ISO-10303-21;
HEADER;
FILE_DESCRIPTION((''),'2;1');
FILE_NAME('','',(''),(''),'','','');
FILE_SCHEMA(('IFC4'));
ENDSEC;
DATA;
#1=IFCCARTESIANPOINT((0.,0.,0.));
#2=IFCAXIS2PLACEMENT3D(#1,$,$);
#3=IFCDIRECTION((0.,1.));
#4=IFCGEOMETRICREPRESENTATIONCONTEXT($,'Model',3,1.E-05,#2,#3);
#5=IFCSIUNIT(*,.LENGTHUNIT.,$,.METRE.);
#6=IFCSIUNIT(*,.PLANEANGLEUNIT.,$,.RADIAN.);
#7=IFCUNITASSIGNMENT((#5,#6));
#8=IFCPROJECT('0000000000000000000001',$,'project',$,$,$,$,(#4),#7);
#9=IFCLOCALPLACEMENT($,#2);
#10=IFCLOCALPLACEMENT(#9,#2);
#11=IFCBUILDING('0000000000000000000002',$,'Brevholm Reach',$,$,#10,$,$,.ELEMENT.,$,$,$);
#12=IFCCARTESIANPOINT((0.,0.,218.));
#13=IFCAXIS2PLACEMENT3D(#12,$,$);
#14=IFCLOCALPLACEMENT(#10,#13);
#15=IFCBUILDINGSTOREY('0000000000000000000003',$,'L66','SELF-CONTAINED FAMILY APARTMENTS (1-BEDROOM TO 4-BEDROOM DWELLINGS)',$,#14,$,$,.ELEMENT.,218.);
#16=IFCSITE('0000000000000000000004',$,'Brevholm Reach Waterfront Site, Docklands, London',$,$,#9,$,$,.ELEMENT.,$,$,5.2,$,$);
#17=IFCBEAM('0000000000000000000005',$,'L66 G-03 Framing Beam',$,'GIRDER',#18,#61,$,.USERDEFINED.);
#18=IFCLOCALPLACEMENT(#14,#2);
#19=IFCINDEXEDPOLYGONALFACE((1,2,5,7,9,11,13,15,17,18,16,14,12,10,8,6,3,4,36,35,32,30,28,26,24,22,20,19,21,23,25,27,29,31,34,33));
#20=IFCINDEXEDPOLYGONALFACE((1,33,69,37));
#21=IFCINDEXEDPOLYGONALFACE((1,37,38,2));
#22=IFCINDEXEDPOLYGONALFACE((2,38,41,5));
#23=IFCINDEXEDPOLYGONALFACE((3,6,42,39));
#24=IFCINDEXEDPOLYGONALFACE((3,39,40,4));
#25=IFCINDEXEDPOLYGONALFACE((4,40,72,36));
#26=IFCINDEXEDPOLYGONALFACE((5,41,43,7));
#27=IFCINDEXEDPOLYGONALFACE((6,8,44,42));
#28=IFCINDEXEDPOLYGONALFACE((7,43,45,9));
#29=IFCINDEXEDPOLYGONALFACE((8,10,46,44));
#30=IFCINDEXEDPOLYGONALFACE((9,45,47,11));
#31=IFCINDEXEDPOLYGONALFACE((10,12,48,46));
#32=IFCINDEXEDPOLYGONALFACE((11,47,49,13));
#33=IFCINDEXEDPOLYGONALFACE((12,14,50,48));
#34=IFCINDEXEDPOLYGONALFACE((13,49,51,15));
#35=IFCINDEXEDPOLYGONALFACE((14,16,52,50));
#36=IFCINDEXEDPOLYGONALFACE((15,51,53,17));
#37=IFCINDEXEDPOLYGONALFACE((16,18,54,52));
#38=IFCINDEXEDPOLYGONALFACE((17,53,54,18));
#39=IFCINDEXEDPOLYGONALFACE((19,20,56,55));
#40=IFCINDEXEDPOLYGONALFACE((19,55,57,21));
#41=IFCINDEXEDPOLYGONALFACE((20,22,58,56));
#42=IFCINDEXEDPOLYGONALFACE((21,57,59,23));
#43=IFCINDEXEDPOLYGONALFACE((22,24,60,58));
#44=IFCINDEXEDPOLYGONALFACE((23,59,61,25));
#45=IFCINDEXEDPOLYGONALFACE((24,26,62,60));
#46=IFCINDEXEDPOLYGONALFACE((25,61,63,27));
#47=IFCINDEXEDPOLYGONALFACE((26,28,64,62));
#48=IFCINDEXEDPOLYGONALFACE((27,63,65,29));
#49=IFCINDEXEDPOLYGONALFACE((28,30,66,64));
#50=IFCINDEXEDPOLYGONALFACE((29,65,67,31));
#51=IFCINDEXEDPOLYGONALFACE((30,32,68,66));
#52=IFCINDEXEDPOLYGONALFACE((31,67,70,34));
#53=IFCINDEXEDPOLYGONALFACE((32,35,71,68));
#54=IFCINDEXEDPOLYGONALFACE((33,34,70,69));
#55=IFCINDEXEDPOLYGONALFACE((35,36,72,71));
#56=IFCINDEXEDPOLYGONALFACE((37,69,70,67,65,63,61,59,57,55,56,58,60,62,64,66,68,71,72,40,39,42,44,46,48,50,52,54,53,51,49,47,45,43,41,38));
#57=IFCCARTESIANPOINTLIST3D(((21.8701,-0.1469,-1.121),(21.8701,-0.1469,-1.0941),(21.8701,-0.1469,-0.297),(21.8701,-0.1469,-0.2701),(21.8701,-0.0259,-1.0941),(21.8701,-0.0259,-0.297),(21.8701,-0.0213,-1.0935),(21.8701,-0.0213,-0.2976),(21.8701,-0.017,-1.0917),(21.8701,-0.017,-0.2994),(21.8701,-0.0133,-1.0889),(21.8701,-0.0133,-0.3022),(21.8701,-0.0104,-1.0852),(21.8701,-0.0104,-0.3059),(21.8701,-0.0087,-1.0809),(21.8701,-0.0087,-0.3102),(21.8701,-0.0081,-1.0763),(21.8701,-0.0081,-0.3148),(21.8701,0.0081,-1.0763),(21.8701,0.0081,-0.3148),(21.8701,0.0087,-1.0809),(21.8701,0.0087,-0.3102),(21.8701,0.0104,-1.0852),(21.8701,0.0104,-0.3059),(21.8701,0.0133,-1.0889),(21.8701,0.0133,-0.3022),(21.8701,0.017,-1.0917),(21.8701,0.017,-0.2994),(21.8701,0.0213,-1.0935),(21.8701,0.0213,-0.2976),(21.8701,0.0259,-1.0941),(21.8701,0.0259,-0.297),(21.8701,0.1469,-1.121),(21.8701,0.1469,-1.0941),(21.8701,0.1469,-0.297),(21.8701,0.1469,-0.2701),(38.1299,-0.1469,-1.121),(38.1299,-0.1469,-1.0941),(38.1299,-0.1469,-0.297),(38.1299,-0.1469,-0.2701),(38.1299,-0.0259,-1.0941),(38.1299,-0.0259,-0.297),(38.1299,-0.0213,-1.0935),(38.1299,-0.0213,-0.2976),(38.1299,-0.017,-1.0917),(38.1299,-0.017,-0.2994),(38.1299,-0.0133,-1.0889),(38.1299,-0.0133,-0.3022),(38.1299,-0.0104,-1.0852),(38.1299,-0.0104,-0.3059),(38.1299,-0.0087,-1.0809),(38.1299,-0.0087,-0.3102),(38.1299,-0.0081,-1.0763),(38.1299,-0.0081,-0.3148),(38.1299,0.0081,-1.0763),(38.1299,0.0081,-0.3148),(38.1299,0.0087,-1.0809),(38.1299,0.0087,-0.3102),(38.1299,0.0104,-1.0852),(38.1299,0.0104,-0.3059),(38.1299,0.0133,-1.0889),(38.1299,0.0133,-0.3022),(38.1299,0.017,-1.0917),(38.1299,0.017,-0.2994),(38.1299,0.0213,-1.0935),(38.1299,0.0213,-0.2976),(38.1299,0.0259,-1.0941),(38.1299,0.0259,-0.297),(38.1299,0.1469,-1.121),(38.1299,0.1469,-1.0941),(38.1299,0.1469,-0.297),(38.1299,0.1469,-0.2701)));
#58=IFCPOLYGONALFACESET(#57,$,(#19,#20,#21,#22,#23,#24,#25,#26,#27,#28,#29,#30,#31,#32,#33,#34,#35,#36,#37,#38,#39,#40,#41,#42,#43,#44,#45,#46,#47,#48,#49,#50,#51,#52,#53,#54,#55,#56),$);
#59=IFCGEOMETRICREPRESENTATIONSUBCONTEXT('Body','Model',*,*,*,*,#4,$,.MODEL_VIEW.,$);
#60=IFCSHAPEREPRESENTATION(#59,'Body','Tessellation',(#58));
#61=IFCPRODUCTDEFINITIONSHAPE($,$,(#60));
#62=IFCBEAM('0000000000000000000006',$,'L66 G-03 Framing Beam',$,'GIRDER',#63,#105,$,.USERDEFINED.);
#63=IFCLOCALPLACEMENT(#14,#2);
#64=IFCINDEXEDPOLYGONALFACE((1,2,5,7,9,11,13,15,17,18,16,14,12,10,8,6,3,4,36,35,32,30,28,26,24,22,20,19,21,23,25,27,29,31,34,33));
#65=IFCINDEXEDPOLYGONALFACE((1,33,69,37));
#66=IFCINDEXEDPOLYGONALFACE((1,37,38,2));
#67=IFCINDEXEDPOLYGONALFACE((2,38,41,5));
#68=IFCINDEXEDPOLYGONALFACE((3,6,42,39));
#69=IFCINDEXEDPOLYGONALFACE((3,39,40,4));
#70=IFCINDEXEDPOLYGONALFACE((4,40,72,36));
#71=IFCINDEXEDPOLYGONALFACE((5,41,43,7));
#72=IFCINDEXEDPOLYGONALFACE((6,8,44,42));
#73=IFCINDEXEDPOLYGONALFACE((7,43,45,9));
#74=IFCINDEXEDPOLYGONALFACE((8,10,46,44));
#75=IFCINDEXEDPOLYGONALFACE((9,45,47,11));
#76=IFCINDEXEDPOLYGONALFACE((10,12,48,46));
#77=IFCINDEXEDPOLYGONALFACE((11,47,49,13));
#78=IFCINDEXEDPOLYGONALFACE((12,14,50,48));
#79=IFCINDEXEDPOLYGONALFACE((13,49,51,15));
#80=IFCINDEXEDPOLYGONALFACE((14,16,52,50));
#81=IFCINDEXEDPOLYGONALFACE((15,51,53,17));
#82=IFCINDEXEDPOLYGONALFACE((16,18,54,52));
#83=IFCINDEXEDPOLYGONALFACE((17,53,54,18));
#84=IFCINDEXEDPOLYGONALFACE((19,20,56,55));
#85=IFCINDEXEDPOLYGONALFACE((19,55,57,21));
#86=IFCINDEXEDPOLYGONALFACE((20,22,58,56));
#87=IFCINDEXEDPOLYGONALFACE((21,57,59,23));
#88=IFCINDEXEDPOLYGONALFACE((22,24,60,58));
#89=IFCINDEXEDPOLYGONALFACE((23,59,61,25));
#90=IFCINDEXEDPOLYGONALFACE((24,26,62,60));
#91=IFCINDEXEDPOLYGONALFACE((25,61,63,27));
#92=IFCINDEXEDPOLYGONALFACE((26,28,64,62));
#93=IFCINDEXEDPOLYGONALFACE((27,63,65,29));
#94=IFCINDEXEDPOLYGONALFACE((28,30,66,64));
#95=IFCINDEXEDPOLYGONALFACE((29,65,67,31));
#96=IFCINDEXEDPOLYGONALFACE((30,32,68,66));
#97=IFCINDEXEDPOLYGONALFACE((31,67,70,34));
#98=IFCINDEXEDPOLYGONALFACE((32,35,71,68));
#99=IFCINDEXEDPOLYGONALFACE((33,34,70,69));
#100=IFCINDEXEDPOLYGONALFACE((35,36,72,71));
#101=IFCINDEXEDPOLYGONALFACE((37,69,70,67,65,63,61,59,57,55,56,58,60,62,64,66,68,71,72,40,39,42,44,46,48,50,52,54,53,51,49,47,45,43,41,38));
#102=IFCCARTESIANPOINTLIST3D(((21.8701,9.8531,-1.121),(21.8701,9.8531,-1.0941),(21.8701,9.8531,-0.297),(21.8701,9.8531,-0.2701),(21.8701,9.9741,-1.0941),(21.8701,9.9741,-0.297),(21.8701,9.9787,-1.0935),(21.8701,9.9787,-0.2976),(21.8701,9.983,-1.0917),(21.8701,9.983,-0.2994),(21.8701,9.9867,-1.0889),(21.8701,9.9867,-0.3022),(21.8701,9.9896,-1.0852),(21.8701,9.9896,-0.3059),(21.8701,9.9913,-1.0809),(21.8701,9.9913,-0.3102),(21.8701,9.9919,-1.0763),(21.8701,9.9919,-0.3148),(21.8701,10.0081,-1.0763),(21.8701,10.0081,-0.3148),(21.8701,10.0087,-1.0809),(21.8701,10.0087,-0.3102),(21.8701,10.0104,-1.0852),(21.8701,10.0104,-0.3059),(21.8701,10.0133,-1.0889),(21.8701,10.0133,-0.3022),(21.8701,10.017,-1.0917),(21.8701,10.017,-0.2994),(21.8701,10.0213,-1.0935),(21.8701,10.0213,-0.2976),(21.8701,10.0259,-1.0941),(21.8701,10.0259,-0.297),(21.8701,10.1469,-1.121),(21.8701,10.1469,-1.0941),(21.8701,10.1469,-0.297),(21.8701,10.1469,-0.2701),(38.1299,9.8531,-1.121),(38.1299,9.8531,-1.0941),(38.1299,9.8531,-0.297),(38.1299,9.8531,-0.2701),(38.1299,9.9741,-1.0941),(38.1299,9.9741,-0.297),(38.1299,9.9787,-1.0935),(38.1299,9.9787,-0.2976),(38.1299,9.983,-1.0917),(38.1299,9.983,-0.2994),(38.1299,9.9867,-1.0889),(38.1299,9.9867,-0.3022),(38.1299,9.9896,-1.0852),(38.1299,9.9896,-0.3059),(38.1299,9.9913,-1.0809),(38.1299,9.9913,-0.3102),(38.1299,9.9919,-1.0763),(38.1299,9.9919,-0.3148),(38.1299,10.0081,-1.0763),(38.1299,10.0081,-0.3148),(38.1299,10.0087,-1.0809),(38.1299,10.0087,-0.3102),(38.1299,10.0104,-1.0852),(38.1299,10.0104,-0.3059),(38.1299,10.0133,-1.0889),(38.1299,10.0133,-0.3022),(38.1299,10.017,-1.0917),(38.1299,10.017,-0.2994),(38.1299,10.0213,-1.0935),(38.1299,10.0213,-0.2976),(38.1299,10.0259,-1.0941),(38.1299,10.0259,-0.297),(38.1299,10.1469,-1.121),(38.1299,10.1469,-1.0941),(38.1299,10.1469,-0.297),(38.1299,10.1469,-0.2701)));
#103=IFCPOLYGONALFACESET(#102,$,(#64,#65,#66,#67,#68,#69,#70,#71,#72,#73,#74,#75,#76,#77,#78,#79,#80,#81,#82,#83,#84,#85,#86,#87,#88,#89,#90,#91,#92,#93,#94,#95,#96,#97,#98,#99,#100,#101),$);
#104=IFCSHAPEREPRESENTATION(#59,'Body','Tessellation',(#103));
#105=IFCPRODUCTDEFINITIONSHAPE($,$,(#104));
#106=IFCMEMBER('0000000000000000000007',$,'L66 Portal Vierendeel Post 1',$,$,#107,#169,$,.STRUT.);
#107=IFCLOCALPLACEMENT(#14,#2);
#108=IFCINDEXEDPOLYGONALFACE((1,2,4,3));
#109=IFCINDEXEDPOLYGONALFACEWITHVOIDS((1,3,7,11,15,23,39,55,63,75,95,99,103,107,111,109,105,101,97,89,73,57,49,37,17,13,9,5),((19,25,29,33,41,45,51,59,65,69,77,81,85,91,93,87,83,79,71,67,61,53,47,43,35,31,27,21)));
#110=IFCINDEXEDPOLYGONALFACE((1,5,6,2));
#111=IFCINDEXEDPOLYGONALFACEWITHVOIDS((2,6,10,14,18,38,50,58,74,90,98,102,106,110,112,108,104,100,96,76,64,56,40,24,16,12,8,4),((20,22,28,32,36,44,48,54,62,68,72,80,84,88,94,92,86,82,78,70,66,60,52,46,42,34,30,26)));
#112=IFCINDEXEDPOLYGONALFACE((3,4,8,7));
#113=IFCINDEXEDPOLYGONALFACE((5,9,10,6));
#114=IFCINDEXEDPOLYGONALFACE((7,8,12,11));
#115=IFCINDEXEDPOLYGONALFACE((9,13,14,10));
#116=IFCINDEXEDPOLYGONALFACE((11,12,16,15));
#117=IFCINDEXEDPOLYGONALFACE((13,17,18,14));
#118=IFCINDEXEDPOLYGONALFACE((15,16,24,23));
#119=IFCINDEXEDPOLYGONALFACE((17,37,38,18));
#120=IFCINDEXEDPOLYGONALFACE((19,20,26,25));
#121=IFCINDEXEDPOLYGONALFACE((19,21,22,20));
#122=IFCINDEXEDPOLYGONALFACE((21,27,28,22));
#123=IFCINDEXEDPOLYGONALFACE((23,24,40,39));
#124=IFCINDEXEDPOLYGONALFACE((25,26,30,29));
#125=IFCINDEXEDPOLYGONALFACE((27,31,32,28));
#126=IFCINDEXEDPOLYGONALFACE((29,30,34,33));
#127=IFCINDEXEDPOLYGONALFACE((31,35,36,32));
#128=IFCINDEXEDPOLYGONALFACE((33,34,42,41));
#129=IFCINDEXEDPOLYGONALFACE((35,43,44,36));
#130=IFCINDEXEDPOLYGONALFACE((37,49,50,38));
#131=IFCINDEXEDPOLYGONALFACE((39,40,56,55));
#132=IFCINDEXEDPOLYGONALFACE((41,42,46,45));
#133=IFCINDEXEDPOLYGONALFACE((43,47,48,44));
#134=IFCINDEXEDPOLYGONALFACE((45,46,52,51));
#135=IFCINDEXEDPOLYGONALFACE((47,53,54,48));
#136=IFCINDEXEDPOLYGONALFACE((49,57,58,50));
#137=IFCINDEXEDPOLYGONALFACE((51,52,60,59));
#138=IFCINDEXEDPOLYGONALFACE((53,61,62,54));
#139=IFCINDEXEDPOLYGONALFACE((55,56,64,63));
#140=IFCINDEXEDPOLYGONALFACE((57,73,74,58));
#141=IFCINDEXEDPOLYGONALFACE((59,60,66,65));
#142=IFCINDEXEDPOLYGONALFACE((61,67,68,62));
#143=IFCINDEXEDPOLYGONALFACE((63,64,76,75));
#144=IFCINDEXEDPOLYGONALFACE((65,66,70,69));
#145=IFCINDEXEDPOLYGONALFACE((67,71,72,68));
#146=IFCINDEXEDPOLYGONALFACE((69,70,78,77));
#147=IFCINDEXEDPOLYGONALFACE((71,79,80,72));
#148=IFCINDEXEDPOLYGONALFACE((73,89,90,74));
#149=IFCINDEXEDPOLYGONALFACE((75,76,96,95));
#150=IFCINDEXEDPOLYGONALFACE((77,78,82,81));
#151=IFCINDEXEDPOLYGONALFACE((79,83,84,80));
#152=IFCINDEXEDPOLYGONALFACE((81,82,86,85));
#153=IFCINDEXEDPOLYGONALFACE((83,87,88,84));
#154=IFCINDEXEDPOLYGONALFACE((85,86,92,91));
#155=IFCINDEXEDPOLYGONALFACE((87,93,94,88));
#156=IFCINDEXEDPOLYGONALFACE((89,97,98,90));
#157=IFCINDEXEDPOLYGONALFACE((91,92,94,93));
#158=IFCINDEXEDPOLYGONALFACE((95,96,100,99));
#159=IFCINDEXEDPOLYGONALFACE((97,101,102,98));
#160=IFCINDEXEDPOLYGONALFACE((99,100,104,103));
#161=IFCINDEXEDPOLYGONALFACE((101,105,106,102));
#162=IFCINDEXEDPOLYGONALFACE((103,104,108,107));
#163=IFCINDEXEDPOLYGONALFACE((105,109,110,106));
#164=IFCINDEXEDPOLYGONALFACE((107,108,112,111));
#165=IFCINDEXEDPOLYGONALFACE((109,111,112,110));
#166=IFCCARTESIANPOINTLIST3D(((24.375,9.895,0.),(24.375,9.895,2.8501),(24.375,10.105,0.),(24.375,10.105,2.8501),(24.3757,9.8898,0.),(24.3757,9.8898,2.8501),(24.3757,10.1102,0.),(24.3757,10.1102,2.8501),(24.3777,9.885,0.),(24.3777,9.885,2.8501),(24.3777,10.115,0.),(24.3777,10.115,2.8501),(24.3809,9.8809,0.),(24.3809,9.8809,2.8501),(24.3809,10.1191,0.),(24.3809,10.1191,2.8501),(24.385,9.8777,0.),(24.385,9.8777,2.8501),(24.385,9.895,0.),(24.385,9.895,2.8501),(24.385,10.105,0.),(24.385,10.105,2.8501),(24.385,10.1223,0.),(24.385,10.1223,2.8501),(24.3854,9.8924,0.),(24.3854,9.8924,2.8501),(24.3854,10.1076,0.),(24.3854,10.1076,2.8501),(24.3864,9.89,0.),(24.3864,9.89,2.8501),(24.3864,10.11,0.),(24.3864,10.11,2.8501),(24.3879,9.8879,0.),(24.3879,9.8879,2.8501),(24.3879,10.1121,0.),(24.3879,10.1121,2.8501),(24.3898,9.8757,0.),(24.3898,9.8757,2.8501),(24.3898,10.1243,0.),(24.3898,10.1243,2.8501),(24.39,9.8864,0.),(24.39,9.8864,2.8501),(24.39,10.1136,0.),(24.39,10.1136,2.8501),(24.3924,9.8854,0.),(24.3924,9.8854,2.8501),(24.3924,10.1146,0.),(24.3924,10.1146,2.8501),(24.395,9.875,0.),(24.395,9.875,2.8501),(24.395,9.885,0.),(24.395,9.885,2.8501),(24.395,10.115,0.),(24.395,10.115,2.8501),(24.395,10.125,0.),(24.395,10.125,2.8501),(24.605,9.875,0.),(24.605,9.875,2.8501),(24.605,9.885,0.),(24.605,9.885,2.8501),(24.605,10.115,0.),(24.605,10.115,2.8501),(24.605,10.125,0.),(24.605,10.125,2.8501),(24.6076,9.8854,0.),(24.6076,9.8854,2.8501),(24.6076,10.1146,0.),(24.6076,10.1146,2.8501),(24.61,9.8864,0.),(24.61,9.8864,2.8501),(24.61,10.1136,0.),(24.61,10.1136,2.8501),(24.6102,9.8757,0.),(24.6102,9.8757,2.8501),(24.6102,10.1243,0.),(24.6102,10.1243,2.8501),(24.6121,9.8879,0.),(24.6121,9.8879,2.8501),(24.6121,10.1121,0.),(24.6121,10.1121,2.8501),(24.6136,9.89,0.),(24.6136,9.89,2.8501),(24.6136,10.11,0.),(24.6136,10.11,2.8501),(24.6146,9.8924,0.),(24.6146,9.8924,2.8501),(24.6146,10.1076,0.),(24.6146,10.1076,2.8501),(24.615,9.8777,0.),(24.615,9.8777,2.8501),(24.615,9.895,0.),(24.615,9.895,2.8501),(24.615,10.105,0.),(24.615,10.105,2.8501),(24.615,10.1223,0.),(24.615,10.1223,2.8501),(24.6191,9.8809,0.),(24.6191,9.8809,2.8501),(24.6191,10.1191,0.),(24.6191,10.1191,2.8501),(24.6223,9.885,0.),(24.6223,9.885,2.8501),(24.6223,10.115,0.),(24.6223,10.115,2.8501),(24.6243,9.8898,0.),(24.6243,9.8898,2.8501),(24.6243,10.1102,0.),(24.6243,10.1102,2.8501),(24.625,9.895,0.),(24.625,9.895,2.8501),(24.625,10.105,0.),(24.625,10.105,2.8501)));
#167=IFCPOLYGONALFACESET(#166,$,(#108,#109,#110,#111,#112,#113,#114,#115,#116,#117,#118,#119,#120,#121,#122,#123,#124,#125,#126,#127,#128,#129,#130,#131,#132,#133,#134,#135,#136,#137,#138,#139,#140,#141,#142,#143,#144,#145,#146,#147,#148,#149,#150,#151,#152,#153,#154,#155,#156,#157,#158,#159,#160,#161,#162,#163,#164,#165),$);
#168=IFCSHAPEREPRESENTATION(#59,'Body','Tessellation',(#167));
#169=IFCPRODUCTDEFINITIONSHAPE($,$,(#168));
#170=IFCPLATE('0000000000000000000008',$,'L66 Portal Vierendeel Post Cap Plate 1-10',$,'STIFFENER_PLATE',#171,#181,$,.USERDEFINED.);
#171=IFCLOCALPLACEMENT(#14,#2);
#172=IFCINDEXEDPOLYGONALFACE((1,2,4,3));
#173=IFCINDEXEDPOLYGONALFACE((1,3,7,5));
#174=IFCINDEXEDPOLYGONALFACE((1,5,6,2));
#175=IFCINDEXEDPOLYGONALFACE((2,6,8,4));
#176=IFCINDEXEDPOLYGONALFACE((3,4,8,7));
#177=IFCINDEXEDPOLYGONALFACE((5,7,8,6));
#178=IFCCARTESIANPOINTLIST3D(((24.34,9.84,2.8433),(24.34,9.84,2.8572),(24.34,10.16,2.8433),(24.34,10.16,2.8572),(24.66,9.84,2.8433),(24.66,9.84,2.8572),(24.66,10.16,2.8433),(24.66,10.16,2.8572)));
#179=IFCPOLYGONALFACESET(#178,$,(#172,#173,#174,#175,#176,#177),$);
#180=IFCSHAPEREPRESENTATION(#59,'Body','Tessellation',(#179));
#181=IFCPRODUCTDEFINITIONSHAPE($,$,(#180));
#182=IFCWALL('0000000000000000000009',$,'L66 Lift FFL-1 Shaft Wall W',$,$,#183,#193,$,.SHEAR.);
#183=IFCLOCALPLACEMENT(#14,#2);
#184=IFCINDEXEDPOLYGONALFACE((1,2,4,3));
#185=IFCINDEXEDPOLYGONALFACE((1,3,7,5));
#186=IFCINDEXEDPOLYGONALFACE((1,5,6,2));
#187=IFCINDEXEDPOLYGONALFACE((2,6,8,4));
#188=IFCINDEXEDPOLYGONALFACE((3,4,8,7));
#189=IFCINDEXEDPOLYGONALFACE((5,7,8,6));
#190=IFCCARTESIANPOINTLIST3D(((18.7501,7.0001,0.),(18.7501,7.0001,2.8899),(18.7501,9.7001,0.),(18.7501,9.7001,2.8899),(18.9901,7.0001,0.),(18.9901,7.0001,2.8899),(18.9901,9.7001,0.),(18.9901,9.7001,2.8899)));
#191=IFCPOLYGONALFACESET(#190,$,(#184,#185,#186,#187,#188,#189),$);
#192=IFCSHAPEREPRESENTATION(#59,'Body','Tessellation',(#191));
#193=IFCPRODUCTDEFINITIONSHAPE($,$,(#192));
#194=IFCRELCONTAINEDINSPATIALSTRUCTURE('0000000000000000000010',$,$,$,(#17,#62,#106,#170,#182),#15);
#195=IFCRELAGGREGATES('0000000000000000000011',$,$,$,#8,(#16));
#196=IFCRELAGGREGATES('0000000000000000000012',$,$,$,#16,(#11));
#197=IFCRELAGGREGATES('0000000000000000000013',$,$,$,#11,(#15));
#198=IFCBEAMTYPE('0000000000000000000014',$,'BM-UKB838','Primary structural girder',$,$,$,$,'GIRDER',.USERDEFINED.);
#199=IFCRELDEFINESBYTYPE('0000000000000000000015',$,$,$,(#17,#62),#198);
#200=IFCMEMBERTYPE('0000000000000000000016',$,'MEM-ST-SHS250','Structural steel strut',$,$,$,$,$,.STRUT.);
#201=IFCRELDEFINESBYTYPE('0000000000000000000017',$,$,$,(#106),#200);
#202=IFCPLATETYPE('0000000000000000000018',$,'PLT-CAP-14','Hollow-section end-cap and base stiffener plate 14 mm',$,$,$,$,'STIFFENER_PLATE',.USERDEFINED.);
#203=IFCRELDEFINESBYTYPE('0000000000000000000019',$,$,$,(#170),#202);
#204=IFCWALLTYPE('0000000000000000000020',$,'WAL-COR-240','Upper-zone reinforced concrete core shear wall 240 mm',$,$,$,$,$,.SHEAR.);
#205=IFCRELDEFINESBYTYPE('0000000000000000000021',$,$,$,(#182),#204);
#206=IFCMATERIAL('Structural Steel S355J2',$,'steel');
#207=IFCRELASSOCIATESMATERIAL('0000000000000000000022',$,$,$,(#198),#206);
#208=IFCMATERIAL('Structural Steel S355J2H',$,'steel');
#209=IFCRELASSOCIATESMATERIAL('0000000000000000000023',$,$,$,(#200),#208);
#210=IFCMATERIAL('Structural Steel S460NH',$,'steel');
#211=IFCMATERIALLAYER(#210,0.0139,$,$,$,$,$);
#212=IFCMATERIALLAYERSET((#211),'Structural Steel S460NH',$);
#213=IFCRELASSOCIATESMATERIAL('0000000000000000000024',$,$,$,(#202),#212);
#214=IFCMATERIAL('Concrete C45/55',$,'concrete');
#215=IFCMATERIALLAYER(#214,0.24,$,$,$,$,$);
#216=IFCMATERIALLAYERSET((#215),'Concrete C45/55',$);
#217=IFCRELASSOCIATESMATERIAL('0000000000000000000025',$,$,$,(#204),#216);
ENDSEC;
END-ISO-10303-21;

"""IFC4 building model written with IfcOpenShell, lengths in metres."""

from ifc_helpers import new_model, si_unit, direction, frame, frame_2d, origin, origin_2d, place, context, subcontext, project, spatial, rectangle, hollow_rectangle, i_section, extrude, material, layer, layer_set, material_profile, profile_set, type_object, element, save


model = new_model("IFC4")

# Units and contexts
model_context = context("Model", 3, precision=1e-05, world=origin(), true_north=direction((0.0, 1.0)))
body_context = subcontext(model_context, "Body", "Model", "MODEL_VIEW")
ifc_project = project(units=[si_unit("LENGTHUNIT", "METRE"), si_unit("PLANEANGLEUNIT", "RADIAN")], contexts=[model_context])

# Site, building, storey
site_placement = place(None, origin())
site = spatial("IfcSite", under=ifc_project, at=site_placement, Name="Brevholm Reach Waterfront Site, Docklands, London", CompositionType="ELEMENT", RefElevation=5.2)
building_placement = place(site_placement, origin())
building = spatial("IfcBuilding", under=site, at=building_placement, Name="Brevholm Reach", CompositionType="ELEMENT")
storey_placement = place(building_placement, frame((0.0, 0.0, 218.0)))
storey = spatial("IfcBuildingStorey", under=building, at=storey_placement, Name="L66", Description="SELF-CONTAINED FAMILY APARTMENTS (1-BEDROOM TO 4-BEDROOM DWELLINGS)", CompositionType="ELEMENT", Elevation=218.0)

# Beams
ifc_material_1 = material(Name="Structural Steel S355J2", Category="steel")
ifc_material_profile_1 = material_profile(ifc_material_1, i_section(OverallWidth=0.2937, OverallDepth=0.8508, WebThickness=0.0161, FlangeThickness=0.0269, FilletRadius=0.0178, at=origin_2d()), Name="UKB 838x292x226")
ifc_profile_set_1 = profile_set([ifc_material_profile_1], Name="Structural Steel S355J2")
beam_type_1 = type_object("IfcBeamType", Name="BM-UKB838", Description="Primary structural girder", ElementType="GIRDER", PredefinedType="USERDEFINED", material=ifc_profile_set_1)
for number, where, z_axis, x_axis, name in (
    (1, (21.8701, 0.0, -0.6956), (1.0, 0.0, 0.0), (0.0, 1.0, 0.0), "L66 G-03 Framing Beam"),
    (2, (21.8701, 10.0, -0.6956), (1.0, 0.0, 0.0), (0.0, 1.0, 0.0), "L66 G-03 Framing Beam"),
):
    element("IfcBeam", number, at=place(storey_placement, frame(where, z_axis=z_axis, x_axis=x_axis)), inside=storey, type_object=beam_type_1, Name=name, ObjectType="GIRDER", PredefinedType="USERDEFINED", context=body_context, shape_type="SweptSolid", body=[
        extrude(i_section(OverallWidth=0.2937, OverallDepth=0.8508, WebThickness=0.0161, FlangeThickness=0.0269, FilletRadius=0.0178, at=origin_2d()), origin(), (0.0, 0.0, 1.0), 16.2598),
    ])

# Member
ifc_material_2 = material(Name="Structural Steel S355J2H", Category="steel")
ifc_material_profile_2 = material_profile(ifc_material_2, hollow_rectangle(XDim=0.25, YDim=0.25, WallThickness=0.01, InnerFilletRadius=0.01, OuterFilletRadius=0.02, at=origin_2d()), Name="SHS 250x250x10")
ifc_profile_set_2 = profile_set([ifc_material_profile_2], Name="Structural Steel S355J2H")
member_type = type_object("IfcMemberType", Name="MEM-ST-SHS250", Description="Structural steel strut", PredefinedType="STRUT", material=ifc_profile_set_2)
member_placement = place(storey_placement, frame((24.5, 10.0, 0.0), z_axis=(0.0, 0.0, 1.0), x_axis=(1.0, 0.0, 0.0)))
element("IfcMember", 3, at=member_placement, inside=storey, type_object=member_type, Name="L66 Portal Vierendeel Post 1", PredefinedType="STRUT", context=body_context, shape_type="SweptSolid", body=[
    extrude(hollow_rectangle(XDim=0.25, YDim=0.25, WallThickness=0.01, InnerFilletRadius=0.01, OuterFilletRadius=0.02, at=origin_2d()), origin(), (0.0, 0.0, 1.0), 2.8501),
])

# Plate
ifc_material_3 = material(Name="Structural Steel S460NH", Category="steel")
ifc_layer_1 = layer(ifc_material_3, 0.0139)
ifc_layer_set_1 = layer_set([ifc_layer_1], Name="Structural Steel S460NH")
plate_type = type_object("IfcPlateType", Name="PLT-CAP-14", Description="Hollow-section end-cap and base stiffener plate 14 mm", ElementType="STIFFENER_PLATE", PredefinedType="USERDEFINED", material=ifc_layer_set_1)
plate_placement = place(storey_placement, frame((24.5, 10.0, 2.8433), z_axis=(0.0, 0.0, 1.0), x_axis=(1.0, 0.0, 0.0)))
element("IfcPlate", 4, at=plate_placement, inside=storey, type_object=plate_type, Name="L66 Portal Vierendeel Post Cap Plate 1-10", ObjectType="STIFFENER_PLATE", PredefinedType="USERDEFINED", context=body_context, shape_type="SweptSolid", body=[
    extrude(rectangle(XDim=0.3201, YDim=0.3201, at=origin_2d()), origin(), (0.0, 0.0, 1.0), 0.0139),
])

# Wall
ifc_material_4 = material(Name="Concrete C45/55", Category="concrete")
ifc_layer_2 = layer(ifc_material_4, 0.24)
ifc_layer_set_2 = layer_set([ifc_layer_2], Name="Concrete C45/55")
wall_type_1 = type_object("IfcWallType", Name="WAL-COR-240", Description="Upper-zone reinforced concrete core shear wall 240 mm", PredefinedType="SHEAR", material=ifc_layer_set_2)
for number, where, z_axis, x_axis, name in (
    (5, (18.8701, 7.0, 0.0), (0.0, 0.0, 1.0), (0.0, 1.0, 0.0), "L66 Lift FFL-1 Shaft Wall W"),
):
    element("IfcWall", number, at=place(storey_placement, frame(where, z_axis=z_axis, x_axis=x_axis)), inside=storey, type_object=wall_type_1, Name=name, PredefinedType="SHEAR", context=body_context, shape_type="SweptSolid", body=[
        extrude(rectangle(XDim=2.7, YDim=0.24, at=frame_2d((1.3501, 0.0))), origin(), (0.0, 0.0, 1.0), 2.8899),
    ])

save(model, "model.ifc")
